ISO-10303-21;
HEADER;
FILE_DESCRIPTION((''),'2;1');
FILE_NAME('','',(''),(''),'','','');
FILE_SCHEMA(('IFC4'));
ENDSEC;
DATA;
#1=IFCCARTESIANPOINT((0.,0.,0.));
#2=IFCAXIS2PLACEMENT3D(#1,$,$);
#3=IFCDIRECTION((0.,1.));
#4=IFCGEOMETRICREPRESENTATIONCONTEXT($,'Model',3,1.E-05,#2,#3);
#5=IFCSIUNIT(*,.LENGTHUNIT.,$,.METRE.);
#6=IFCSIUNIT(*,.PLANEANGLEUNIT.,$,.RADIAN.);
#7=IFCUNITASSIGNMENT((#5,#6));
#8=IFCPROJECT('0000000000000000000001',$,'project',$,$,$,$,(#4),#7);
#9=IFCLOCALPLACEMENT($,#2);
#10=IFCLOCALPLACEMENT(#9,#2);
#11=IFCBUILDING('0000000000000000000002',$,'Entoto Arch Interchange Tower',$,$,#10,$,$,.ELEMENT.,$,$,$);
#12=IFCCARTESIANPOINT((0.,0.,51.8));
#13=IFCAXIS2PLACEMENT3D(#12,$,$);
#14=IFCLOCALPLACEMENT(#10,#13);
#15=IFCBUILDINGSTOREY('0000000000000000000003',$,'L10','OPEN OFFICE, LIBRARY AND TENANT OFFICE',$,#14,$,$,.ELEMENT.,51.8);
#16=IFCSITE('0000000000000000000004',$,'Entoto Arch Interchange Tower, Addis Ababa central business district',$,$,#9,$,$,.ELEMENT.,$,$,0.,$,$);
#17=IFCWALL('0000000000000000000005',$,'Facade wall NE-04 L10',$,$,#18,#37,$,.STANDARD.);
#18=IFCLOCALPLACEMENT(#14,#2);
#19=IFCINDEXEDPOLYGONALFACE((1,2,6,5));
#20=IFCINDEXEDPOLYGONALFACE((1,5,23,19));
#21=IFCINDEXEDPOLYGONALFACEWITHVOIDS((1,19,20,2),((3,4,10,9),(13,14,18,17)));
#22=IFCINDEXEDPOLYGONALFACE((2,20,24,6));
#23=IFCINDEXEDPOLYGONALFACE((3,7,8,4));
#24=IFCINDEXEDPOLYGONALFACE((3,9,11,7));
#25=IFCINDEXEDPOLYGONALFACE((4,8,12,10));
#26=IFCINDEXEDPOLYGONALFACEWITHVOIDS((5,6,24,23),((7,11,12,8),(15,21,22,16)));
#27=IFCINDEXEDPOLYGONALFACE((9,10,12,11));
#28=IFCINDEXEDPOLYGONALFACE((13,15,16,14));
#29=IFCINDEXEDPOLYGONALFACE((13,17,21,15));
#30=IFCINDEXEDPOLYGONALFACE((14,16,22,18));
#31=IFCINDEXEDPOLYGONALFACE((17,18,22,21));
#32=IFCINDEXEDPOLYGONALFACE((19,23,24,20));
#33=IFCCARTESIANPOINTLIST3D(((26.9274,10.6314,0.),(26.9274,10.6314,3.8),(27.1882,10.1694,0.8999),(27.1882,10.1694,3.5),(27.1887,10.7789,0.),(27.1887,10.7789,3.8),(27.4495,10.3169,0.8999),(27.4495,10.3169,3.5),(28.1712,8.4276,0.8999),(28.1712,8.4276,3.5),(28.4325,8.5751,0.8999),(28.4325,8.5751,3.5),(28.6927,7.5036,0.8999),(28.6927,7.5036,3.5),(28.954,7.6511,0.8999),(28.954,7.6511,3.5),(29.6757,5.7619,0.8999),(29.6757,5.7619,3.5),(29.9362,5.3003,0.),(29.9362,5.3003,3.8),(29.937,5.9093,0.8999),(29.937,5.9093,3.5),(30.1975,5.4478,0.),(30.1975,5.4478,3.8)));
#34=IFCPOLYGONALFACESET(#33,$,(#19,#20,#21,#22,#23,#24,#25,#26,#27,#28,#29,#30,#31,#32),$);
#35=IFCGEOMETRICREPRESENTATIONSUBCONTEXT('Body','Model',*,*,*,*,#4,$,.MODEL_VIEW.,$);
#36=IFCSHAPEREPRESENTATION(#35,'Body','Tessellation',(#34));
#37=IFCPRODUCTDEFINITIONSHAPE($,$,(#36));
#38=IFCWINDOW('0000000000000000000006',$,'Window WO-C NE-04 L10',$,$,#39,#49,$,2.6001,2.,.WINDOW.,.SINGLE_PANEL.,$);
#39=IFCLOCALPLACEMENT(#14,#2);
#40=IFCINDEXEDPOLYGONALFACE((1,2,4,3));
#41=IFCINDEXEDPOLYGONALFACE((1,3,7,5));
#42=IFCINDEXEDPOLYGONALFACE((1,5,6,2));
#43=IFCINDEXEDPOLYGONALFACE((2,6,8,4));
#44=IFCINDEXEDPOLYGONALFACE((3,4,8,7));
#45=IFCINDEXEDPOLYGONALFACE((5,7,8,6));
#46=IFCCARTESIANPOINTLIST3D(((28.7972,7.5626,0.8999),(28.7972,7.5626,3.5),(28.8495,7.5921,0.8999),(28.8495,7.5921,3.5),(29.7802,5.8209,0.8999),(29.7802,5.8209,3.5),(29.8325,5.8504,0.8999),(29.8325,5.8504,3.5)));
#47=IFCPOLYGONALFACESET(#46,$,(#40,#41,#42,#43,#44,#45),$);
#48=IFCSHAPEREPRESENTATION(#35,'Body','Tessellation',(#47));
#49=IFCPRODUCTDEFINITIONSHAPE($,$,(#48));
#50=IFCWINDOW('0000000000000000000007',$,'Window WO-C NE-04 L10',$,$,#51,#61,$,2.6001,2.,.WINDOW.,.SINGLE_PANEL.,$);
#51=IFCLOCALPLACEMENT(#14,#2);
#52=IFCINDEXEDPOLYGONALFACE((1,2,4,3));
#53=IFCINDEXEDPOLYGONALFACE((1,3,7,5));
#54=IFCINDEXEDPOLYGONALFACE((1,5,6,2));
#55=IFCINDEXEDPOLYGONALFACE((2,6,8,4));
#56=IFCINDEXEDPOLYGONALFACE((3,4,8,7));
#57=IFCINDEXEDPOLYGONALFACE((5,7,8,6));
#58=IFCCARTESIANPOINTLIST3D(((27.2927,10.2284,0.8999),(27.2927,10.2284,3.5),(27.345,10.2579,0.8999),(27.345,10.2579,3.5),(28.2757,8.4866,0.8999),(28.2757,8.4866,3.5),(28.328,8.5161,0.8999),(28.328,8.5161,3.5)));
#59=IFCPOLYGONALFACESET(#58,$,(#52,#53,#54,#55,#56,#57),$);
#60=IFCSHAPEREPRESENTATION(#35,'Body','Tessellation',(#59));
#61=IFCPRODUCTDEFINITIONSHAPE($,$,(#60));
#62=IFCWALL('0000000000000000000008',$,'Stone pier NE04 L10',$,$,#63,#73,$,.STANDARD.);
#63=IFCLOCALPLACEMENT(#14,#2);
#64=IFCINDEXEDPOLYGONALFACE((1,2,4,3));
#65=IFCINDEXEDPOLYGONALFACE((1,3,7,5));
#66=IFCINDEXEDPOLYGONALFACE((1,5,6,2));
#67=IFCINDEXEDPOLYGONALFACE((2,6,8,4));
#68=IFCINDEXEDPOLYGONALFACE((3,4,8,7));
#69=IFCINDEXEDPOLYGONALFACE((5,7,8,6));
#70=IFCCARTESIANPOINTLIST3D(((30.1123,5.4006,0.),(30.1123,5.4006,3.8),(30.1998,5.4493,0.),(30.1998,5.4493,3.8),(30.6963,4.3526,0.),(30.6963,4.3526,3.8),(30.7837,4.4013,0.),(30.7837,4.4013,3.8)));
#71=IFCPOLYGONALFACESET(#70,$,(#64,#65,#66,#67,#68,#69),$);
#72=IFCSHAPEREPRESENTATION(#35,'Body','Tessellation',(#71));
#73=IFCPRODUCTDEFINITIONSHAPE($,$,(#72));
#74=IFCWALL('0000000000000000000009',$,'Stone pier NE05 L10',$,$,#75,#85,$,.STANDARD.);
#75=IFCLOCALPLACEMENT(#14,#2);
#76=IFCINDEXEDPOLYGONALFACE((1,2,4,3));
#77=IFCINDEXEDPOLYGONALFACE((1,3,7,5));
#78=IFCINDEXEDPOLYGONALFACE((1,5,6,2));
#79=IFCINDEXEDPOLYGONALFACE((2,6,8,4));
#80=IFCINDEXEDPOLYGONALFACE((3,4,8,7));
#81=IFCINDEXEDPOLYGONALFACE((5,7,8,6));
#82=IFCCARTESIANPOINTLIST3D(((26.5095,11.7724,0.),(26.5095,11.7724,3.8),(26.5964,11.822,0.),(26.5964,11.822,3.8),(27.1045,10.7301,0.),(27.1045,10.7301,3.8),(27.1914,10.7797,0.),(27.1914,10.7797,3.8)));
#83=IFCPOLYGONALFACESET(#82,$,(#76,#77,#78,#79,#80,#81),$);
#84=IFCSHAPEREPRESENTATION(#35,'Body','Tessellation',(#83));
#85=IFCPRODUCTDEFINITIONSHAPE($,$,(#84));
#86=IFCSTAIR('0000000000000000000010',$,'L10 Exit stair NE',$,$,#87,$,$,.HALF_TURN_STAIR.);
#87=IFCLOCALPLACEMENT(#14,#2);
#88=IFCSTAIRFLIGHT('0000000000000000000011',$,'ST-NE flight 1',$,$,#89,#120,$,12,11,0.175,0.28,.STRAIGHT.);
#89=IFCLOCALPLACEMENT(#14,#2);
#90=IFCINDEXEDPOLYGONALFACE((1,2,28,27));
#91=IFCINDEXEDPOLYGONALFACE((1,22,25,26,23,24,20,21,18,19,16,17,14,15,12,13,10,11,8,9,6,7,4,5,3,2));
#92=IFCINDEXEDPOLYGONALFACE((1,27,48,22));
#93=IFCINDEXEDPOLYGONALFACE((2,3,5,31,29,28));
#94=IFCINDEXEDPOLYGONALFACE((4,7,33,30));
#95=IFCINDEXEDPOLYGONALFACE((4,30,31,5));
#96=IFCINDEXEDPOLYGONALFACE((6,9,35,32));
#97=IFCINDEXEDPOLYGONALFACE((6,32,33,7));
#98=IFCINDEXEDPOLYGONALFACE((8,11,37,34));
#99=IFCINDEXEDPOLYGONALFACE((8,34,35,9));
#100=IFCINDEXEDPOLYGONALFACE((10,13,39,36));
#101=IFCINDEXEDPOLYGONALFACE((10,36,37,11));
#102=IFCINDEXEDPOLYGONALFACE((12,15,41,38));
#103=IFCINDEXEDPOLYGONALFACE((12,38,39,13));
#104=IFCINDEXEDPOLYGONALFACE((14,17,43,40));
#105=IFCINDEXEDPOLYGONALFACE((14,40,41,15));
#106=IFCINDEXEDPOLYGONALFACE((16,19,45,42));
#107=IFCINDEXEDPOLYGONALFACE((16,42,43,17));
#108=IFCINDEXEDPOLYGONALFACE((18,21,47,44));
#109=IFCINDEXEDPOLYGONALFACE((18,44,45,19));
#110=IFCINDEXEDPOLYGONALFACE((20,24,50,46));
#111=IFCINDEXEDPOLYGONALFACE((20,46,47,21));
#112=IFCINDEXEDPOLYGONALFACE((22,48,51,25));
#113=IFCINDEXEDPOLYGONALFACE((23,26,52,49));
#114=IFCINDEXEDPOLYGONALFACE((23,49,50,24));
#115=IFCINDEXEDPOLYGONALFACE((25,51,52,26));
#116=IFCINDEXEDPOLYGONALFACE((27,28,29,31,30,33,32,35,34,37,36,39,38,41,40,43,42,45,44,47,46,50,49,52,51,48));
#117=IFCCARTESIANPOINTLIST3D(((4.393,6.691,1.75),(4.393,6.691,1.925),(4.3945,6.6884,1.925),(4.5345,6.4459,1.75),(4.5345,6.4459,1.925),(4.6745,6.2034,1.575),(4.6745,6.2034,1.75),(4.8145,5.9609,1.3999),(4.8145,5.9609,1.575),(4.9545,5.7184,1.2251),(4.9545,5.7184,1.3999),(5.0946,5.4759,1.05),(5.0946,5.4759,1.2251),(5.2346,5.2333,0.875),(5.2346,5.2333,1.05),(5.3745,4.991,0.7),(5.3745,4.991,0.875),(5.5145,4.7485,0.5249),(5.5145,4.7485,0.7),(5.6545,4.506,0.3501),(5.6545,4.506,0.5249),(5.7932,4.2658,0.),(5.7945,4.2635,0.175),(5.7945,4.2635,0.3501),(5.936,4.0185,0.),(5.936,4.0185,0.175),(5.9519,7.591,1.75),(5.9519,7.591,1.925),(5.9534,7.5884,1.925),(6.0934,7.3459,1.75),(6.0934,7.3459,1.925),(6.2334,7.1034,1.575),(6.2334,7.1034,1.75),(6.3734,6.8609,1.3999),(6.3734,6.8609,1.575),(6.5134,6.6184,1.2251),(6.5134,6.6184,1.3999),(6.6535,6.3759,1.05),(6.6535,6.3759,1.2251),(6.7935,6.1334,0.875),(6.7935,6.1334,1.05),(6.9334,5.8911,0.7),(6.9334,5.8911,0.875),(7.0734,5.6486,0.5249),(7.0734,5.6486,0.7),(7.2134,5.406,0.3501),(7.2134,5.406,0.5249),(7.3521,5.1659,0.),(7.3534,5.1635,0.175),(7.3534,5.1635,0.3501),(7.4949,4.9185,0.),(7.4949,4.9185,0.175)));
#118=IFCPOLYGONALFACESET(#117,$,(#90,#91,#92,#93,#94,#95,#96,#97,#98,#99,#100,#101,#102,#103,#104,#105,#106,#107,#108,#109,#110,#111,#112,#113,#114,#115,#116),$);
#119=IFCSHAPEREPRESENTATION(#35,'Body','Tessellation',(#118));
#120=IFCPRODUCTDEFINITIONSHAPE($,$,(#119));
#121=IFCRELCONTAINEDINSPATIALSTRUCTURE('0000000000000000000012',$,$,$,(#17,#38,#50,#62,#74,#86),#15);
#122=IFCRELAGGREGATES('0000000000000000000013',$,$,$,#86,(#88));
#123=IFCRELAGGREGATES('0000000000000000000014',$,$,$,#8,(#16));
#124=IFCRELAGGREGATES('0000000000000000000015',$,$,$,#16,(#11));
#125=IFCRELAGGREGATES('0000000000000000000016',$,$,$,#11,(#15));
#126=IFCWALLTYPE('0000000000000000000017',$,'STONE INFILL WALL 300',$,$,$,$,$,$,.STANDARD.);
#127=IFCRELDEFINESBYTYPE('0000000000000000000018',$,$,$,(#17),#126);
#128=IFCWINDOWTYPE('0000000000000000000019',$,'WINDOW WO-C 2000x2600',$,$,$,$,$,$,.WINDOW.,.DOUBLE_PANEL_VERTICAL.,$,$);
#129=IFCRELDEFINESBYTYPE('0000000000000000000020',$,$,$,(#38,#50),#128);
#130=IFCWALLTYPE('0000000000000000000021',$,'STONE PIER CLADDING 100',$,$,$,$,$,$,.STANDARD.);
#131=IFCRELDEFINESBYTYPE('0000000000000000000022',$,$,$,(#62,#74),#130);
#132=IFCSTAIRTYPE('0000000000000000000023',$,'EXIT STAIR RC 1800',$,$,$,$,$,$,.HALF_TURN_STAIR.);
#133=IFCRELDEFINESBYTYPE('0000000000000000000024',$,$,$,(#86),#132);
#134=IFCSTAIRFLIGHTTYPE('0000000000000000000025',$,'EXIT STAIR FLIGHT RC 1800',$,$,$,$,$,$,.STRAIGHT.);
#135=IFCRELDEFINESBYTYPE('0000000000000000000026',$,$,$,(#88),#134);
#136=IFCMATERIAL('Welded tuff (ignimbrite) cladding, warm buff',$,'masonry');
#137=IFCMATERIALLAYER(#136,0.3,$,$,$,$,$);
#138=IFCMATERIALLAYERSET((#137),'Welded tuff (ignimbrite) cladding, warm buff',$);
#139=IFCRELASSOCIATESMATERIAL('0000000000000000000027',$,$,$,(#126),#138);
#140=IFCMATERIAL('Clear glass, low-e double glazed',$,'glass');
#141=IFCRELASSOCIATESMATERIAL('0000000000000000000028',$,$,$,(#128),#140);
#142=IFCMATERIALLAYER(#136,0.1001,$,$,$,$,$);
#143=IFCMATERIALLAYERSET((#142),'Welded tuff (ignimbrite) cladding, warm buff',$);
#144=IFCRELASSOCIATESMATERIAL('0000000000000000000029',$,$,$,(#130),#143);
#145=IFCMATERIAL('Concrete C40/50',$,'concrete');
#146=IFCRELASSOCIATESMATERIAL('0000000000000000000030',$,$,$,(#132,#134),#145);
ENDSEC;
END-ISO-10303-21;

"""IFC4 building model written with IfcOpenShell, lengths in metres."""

from ifc_helpers import new_model, si_unit, direction, frame, frame_2d, origin, place, context, subcontext, project, spatial, polyline, rectangle, outline, extrude, material, layer, layer_set, type_object, element, fill, aggregate, save


model = new_model("IFC4")

# Units and contexts
model_context = context("Model", 3, precision=1e-05, world=origin(), true_north=direction((0.0, 1.0)))
body_context = subcontext(model_context, "Body", "Model", "MODEL_VIEW")
ifc_project = project(units=[si_unit("LENGTHUNIT", "METRE"), si_unit("PLANEANGLEUNIT", "RADIAN")], contexts=[model_context])

# Site, building, storey
site_placement = place(None, origin())
site = spatial("IfcSite", under=ifc_project, at=site_placement, Name="Entoto Arch Interchange Tower, Addis Ababa central business district", CompositionType="ELEMENT", RefElevation=0.0)
building_placement = place(site_placement, origin())
building = spatial("IfcBuilding", under=site, at=building_placement, Name="Entoto Arch Interchange Tower", CompositionType="ELEMENT")
storey_placement = place(building_placement, frame((0.0, 0.0, 51.8)))
storey = spatial("IfcBuildingStorey", under=building, at=storey_placement, Name="L10", Description="OPEN OFFICE, LIBRARY AND TENANT OFFICE", CompositionType="ELEMENT", Elevation=51.8)

# Shared definitions
ifc_material_1 = material(Name="Concrete C40/50", Category="concrete")

# Wall, openings, windows
ifc_material_2 = material(Name="Welded tuff (ignimbrite) cladding, warm buff", Category="masonry")
ifc_layer_1 = layer(ifc_material_2, 0.3)
ifc_layer_set_1 = layer_set([ifc_layer_1], Name="Welded tuff (ignimbrite) cladding, warm buff")
wall_type_1 = type_object("IfcWallType", Name="STONE INFILL WALL 300", PredefinedType="STANDARD", material=ifc_layer_set_1)
wall_1_placement = place(storey_placement, frame((30.0669, 5.374, 0.0), z_axis=(0.0, 0.0, 1.0), x_axis=(-0.49151, 0.870872, 0.0)))
wall_1 = element("IfcWall", 1, at=wall_1_placement, inside=storey, type_object=wall_type_1, Name="Facade wall NE-04 L10", PredefinedType="STANDARD", context=body_context, shape_type="SweptSolid", body=[
    extrude(rectangle(XDim=6.1216, YDim=0.3, at=frame_2d((3.0608, 0.0))), origin(), (0.0, 0.0, 1.0), 3.8),
])
opening_1_placement = place(wall_1_placement, frame((0.53, 0.0, 0.8999)))
opening_1 = element("IfcOpeningElement", 2, at=opening_1_placement, cuts=wall_1, PredefinedType="OPENING", context=body_context, shape_type="SweptSolid", body=[
    extrude(rectangle(XDim=2.0, YDim=2.6001, at=frame_2d((1.0, 1.3))), frame((0.0, 0.1602, 0.0), z_axis=(0.0, -1.0, 0.0), x_axis=(1.0, 0.0, 0.0)), (0.0, 0.0, 1.0), 0.3201),
])
opening_2_placement = place(wall_1_placement, frame((3.5911, 0.0, 0.8999)))
opening_2 = element("IfcOpeningElement", 3, at=opening_2_placement, cuts=wall_1, PredefinedType="OPENING", context=body_context, shape_type="SweptSolid", body=[
    extrude(rectangle(XDim=2.0, YDim=2.6001, at=frame_2d((1.0, 1.3))), frame((0.0, 0.1602, 0.0), z_axis=(0.0, -1.0, 0.0), x_axis=(1.0, 0.0, 0.0)), (0.0, 0.0, 1.0), 0.3201),
])
ifc_material_3 = material(Name="Clear glass, low-e double glazed", Category="glass")
window_type = type_object("IfcWindowType", Name="WINDOW WO-C 2000x2600", PartitioningType="DOUBLE_PANEL_VERTICAL", PredefinedType="WINDOW", material=ifc_material_3)
window_1_placement = place(opening_1_placement, origin())
window_1 = element("IfcWindow", 4, at=window_1_placement, inside=storey, type_object=window_type, Name="Window WO-C NE-04 L10", OverallHeight=2.6001, OverallWidth=2.0, PartitioningType="SINGLE_PANEL", PredefinedType="WINDOW", context=body_context, shape_type="SweptSolid", body=[
    extrude(rectangle(XDim=2.0, YDim=2.6001, at=frame_2d((1.0, 1.3))), frame((0.0, 0.03, 0.0), z_axis=(0.0, -1.0, 0.0), x_axis=(1.0, 0.0, 0.0)), (0.0, 0.0, 1.0), 0.0601),
])
fill(opening_1, window_1)
window_2_placement = place(opening_2_placement, origin())
window_2 = element("IfcWindow", 5, at=window_2_placement, inside=storey, type_object=window_type, Name="Window WO-C NE-04 L10", OverallHeight=2.6001, OverallWidth=2.0, PartitioningType="SINGLE_PANEL", PredefinedType="WINDOW", context=body_context, shape_type="SweptSolid", body=[
    extrude(rectangle(XDim=2.0, YDim=2.6001, at=frame_2d((1.0, 1.3))), frame((0.0, 0.03, 0.0), z_axis=(0.0, -1.0, 0.0), x_axis=(1.0, 0.0, 0.0)), (0.0, 0.0, 1.0), 0.0601),
])
fill(opening_2, window_2)

# Walls
ifc_layer_2 = layer(ifc_material_2, 0.1001)
ifc_layer_set_2 = layer_set([ifc_layer_2], Name="Welded tuff (ignimbrite) cladding, warm buff")
wall_type_2 = type_object("IfcWallType", Name="STONE PIER CLADDING 100", PredefinedType="STANDARD", material=ifc_layer_set_2)
wall_2_placement = place(storey_placement, frame((30.74, 4.377, 0.0), z_axis=(0.0, 0.0, 1.0), x_axis=(-0.486731, 0.873552, 0.0)))
element("IfcWall", 6, at=wall_2_placement, inside=storey, type_object=wall_type_2, Name="Stone pier NE04 L10", PredefinedType="STANDARD", context=body_context, shape_type="SweptSolid", body=[
    extrude(rectangle(XDim=1.1997, YDim=0.1001, at=frame_2d((0.5999, 0.0))), origin(), (0.0, 0.0, 1.0), 3.8),
])
wall_3_placement = place(storey_placement, frame((27.1479, 10.7549, 0.0), z_axis=(0.0, 0.0, 1.0), x_axis=(-0.495766, 0.868456, 0.0)))
element("IfcWall", 7, at=wall_3_placement, inside=storey, type_object=wall_type_2, Name="Stone pier NE05 L10", PredefinedType="STANDARD", context=body_context, shape_type="SweptSolid", body=[
    extrude(rectangle(XDim=1.2002, YDim=0.1001, at=frame_2d((0.6001, 0.0))), origin(), (0.0, 0.0, 1.0), 3.8),
])

# Stair, stair flight
stair_type = type_object("IfcStairType", Name="EXIT STAIR RC 1800", PredefinedType="HALF_TURN_STAIR", material=ifc_material_1)
stair_placement = place(storey_placement, origin())
stair = element("IfcStair", 8, at=stair_placement, inside=storey, type_object=stair_type, Name="L10 Exit stair NE", PredefinedType="HALF_TURN_STAIR")
stair_flight_type = type_object("IfcStairFlightType", Name="EXIT STAIR FLIGHT RC 1800", PredefinedType="STRAIGHT", material=ifc_material_1)
stair_flight_placement = place(storey_placement, frame((6.7139, 4.4709, 0.0), z_axis=(0.0, 0.0, 1.0), x_axis=(-0.5, 0.866025, 0.0)))
stair_flight = element("IfcStairFlight", 9, at=stair_flight_placement, type_object=stair_flight_type, Name="ST-NE flight 1", NumberOfRisers=12, NumberOfTreads=11, PredefinedType="STRAIGHT", RiserHeight=0.175, TreadLength=0.28, context=body_context, shape_type="SweptSolid", body=[
    extrude(outline(polyline([(-0.0029, 0.0), (-0.0029, 0.175), (0.28, 0.175), (0.28, 0.3501), (0.5601, 0.3501), (0.5601, 0.5249), (0.8401, 0.5249), (0.8401, 0.7), (1.1201, 0.7), (1.1201, 0.875), (1.3999, 0.875), (1.3999, 1.05), (1.6799, 1.05), (1.6799, 1.2251), (1.96, 1.2251), (1.96, 1.3999), (2.24, 1.3999), (2.24, 1.575), (2.52, 1.575), (2.52, 1.75), (2.8, 1.75), (2.8, 1.925), (3.0801, 1.925), (3.083, 1.925), (3.083, 1.75), (0.2827, 0.0), (-0.0029, 0.0)])), frame((0.0, 0.8999, 0.0), z_axis=(0.0, -1.0, 0.0), x_axis=(1.0, 0.0, 0.0)), (0.0, 0.0, 1.0), 1.8),
])
aggregate(stair, [stair_flight])

save(model, "model.ifc")
